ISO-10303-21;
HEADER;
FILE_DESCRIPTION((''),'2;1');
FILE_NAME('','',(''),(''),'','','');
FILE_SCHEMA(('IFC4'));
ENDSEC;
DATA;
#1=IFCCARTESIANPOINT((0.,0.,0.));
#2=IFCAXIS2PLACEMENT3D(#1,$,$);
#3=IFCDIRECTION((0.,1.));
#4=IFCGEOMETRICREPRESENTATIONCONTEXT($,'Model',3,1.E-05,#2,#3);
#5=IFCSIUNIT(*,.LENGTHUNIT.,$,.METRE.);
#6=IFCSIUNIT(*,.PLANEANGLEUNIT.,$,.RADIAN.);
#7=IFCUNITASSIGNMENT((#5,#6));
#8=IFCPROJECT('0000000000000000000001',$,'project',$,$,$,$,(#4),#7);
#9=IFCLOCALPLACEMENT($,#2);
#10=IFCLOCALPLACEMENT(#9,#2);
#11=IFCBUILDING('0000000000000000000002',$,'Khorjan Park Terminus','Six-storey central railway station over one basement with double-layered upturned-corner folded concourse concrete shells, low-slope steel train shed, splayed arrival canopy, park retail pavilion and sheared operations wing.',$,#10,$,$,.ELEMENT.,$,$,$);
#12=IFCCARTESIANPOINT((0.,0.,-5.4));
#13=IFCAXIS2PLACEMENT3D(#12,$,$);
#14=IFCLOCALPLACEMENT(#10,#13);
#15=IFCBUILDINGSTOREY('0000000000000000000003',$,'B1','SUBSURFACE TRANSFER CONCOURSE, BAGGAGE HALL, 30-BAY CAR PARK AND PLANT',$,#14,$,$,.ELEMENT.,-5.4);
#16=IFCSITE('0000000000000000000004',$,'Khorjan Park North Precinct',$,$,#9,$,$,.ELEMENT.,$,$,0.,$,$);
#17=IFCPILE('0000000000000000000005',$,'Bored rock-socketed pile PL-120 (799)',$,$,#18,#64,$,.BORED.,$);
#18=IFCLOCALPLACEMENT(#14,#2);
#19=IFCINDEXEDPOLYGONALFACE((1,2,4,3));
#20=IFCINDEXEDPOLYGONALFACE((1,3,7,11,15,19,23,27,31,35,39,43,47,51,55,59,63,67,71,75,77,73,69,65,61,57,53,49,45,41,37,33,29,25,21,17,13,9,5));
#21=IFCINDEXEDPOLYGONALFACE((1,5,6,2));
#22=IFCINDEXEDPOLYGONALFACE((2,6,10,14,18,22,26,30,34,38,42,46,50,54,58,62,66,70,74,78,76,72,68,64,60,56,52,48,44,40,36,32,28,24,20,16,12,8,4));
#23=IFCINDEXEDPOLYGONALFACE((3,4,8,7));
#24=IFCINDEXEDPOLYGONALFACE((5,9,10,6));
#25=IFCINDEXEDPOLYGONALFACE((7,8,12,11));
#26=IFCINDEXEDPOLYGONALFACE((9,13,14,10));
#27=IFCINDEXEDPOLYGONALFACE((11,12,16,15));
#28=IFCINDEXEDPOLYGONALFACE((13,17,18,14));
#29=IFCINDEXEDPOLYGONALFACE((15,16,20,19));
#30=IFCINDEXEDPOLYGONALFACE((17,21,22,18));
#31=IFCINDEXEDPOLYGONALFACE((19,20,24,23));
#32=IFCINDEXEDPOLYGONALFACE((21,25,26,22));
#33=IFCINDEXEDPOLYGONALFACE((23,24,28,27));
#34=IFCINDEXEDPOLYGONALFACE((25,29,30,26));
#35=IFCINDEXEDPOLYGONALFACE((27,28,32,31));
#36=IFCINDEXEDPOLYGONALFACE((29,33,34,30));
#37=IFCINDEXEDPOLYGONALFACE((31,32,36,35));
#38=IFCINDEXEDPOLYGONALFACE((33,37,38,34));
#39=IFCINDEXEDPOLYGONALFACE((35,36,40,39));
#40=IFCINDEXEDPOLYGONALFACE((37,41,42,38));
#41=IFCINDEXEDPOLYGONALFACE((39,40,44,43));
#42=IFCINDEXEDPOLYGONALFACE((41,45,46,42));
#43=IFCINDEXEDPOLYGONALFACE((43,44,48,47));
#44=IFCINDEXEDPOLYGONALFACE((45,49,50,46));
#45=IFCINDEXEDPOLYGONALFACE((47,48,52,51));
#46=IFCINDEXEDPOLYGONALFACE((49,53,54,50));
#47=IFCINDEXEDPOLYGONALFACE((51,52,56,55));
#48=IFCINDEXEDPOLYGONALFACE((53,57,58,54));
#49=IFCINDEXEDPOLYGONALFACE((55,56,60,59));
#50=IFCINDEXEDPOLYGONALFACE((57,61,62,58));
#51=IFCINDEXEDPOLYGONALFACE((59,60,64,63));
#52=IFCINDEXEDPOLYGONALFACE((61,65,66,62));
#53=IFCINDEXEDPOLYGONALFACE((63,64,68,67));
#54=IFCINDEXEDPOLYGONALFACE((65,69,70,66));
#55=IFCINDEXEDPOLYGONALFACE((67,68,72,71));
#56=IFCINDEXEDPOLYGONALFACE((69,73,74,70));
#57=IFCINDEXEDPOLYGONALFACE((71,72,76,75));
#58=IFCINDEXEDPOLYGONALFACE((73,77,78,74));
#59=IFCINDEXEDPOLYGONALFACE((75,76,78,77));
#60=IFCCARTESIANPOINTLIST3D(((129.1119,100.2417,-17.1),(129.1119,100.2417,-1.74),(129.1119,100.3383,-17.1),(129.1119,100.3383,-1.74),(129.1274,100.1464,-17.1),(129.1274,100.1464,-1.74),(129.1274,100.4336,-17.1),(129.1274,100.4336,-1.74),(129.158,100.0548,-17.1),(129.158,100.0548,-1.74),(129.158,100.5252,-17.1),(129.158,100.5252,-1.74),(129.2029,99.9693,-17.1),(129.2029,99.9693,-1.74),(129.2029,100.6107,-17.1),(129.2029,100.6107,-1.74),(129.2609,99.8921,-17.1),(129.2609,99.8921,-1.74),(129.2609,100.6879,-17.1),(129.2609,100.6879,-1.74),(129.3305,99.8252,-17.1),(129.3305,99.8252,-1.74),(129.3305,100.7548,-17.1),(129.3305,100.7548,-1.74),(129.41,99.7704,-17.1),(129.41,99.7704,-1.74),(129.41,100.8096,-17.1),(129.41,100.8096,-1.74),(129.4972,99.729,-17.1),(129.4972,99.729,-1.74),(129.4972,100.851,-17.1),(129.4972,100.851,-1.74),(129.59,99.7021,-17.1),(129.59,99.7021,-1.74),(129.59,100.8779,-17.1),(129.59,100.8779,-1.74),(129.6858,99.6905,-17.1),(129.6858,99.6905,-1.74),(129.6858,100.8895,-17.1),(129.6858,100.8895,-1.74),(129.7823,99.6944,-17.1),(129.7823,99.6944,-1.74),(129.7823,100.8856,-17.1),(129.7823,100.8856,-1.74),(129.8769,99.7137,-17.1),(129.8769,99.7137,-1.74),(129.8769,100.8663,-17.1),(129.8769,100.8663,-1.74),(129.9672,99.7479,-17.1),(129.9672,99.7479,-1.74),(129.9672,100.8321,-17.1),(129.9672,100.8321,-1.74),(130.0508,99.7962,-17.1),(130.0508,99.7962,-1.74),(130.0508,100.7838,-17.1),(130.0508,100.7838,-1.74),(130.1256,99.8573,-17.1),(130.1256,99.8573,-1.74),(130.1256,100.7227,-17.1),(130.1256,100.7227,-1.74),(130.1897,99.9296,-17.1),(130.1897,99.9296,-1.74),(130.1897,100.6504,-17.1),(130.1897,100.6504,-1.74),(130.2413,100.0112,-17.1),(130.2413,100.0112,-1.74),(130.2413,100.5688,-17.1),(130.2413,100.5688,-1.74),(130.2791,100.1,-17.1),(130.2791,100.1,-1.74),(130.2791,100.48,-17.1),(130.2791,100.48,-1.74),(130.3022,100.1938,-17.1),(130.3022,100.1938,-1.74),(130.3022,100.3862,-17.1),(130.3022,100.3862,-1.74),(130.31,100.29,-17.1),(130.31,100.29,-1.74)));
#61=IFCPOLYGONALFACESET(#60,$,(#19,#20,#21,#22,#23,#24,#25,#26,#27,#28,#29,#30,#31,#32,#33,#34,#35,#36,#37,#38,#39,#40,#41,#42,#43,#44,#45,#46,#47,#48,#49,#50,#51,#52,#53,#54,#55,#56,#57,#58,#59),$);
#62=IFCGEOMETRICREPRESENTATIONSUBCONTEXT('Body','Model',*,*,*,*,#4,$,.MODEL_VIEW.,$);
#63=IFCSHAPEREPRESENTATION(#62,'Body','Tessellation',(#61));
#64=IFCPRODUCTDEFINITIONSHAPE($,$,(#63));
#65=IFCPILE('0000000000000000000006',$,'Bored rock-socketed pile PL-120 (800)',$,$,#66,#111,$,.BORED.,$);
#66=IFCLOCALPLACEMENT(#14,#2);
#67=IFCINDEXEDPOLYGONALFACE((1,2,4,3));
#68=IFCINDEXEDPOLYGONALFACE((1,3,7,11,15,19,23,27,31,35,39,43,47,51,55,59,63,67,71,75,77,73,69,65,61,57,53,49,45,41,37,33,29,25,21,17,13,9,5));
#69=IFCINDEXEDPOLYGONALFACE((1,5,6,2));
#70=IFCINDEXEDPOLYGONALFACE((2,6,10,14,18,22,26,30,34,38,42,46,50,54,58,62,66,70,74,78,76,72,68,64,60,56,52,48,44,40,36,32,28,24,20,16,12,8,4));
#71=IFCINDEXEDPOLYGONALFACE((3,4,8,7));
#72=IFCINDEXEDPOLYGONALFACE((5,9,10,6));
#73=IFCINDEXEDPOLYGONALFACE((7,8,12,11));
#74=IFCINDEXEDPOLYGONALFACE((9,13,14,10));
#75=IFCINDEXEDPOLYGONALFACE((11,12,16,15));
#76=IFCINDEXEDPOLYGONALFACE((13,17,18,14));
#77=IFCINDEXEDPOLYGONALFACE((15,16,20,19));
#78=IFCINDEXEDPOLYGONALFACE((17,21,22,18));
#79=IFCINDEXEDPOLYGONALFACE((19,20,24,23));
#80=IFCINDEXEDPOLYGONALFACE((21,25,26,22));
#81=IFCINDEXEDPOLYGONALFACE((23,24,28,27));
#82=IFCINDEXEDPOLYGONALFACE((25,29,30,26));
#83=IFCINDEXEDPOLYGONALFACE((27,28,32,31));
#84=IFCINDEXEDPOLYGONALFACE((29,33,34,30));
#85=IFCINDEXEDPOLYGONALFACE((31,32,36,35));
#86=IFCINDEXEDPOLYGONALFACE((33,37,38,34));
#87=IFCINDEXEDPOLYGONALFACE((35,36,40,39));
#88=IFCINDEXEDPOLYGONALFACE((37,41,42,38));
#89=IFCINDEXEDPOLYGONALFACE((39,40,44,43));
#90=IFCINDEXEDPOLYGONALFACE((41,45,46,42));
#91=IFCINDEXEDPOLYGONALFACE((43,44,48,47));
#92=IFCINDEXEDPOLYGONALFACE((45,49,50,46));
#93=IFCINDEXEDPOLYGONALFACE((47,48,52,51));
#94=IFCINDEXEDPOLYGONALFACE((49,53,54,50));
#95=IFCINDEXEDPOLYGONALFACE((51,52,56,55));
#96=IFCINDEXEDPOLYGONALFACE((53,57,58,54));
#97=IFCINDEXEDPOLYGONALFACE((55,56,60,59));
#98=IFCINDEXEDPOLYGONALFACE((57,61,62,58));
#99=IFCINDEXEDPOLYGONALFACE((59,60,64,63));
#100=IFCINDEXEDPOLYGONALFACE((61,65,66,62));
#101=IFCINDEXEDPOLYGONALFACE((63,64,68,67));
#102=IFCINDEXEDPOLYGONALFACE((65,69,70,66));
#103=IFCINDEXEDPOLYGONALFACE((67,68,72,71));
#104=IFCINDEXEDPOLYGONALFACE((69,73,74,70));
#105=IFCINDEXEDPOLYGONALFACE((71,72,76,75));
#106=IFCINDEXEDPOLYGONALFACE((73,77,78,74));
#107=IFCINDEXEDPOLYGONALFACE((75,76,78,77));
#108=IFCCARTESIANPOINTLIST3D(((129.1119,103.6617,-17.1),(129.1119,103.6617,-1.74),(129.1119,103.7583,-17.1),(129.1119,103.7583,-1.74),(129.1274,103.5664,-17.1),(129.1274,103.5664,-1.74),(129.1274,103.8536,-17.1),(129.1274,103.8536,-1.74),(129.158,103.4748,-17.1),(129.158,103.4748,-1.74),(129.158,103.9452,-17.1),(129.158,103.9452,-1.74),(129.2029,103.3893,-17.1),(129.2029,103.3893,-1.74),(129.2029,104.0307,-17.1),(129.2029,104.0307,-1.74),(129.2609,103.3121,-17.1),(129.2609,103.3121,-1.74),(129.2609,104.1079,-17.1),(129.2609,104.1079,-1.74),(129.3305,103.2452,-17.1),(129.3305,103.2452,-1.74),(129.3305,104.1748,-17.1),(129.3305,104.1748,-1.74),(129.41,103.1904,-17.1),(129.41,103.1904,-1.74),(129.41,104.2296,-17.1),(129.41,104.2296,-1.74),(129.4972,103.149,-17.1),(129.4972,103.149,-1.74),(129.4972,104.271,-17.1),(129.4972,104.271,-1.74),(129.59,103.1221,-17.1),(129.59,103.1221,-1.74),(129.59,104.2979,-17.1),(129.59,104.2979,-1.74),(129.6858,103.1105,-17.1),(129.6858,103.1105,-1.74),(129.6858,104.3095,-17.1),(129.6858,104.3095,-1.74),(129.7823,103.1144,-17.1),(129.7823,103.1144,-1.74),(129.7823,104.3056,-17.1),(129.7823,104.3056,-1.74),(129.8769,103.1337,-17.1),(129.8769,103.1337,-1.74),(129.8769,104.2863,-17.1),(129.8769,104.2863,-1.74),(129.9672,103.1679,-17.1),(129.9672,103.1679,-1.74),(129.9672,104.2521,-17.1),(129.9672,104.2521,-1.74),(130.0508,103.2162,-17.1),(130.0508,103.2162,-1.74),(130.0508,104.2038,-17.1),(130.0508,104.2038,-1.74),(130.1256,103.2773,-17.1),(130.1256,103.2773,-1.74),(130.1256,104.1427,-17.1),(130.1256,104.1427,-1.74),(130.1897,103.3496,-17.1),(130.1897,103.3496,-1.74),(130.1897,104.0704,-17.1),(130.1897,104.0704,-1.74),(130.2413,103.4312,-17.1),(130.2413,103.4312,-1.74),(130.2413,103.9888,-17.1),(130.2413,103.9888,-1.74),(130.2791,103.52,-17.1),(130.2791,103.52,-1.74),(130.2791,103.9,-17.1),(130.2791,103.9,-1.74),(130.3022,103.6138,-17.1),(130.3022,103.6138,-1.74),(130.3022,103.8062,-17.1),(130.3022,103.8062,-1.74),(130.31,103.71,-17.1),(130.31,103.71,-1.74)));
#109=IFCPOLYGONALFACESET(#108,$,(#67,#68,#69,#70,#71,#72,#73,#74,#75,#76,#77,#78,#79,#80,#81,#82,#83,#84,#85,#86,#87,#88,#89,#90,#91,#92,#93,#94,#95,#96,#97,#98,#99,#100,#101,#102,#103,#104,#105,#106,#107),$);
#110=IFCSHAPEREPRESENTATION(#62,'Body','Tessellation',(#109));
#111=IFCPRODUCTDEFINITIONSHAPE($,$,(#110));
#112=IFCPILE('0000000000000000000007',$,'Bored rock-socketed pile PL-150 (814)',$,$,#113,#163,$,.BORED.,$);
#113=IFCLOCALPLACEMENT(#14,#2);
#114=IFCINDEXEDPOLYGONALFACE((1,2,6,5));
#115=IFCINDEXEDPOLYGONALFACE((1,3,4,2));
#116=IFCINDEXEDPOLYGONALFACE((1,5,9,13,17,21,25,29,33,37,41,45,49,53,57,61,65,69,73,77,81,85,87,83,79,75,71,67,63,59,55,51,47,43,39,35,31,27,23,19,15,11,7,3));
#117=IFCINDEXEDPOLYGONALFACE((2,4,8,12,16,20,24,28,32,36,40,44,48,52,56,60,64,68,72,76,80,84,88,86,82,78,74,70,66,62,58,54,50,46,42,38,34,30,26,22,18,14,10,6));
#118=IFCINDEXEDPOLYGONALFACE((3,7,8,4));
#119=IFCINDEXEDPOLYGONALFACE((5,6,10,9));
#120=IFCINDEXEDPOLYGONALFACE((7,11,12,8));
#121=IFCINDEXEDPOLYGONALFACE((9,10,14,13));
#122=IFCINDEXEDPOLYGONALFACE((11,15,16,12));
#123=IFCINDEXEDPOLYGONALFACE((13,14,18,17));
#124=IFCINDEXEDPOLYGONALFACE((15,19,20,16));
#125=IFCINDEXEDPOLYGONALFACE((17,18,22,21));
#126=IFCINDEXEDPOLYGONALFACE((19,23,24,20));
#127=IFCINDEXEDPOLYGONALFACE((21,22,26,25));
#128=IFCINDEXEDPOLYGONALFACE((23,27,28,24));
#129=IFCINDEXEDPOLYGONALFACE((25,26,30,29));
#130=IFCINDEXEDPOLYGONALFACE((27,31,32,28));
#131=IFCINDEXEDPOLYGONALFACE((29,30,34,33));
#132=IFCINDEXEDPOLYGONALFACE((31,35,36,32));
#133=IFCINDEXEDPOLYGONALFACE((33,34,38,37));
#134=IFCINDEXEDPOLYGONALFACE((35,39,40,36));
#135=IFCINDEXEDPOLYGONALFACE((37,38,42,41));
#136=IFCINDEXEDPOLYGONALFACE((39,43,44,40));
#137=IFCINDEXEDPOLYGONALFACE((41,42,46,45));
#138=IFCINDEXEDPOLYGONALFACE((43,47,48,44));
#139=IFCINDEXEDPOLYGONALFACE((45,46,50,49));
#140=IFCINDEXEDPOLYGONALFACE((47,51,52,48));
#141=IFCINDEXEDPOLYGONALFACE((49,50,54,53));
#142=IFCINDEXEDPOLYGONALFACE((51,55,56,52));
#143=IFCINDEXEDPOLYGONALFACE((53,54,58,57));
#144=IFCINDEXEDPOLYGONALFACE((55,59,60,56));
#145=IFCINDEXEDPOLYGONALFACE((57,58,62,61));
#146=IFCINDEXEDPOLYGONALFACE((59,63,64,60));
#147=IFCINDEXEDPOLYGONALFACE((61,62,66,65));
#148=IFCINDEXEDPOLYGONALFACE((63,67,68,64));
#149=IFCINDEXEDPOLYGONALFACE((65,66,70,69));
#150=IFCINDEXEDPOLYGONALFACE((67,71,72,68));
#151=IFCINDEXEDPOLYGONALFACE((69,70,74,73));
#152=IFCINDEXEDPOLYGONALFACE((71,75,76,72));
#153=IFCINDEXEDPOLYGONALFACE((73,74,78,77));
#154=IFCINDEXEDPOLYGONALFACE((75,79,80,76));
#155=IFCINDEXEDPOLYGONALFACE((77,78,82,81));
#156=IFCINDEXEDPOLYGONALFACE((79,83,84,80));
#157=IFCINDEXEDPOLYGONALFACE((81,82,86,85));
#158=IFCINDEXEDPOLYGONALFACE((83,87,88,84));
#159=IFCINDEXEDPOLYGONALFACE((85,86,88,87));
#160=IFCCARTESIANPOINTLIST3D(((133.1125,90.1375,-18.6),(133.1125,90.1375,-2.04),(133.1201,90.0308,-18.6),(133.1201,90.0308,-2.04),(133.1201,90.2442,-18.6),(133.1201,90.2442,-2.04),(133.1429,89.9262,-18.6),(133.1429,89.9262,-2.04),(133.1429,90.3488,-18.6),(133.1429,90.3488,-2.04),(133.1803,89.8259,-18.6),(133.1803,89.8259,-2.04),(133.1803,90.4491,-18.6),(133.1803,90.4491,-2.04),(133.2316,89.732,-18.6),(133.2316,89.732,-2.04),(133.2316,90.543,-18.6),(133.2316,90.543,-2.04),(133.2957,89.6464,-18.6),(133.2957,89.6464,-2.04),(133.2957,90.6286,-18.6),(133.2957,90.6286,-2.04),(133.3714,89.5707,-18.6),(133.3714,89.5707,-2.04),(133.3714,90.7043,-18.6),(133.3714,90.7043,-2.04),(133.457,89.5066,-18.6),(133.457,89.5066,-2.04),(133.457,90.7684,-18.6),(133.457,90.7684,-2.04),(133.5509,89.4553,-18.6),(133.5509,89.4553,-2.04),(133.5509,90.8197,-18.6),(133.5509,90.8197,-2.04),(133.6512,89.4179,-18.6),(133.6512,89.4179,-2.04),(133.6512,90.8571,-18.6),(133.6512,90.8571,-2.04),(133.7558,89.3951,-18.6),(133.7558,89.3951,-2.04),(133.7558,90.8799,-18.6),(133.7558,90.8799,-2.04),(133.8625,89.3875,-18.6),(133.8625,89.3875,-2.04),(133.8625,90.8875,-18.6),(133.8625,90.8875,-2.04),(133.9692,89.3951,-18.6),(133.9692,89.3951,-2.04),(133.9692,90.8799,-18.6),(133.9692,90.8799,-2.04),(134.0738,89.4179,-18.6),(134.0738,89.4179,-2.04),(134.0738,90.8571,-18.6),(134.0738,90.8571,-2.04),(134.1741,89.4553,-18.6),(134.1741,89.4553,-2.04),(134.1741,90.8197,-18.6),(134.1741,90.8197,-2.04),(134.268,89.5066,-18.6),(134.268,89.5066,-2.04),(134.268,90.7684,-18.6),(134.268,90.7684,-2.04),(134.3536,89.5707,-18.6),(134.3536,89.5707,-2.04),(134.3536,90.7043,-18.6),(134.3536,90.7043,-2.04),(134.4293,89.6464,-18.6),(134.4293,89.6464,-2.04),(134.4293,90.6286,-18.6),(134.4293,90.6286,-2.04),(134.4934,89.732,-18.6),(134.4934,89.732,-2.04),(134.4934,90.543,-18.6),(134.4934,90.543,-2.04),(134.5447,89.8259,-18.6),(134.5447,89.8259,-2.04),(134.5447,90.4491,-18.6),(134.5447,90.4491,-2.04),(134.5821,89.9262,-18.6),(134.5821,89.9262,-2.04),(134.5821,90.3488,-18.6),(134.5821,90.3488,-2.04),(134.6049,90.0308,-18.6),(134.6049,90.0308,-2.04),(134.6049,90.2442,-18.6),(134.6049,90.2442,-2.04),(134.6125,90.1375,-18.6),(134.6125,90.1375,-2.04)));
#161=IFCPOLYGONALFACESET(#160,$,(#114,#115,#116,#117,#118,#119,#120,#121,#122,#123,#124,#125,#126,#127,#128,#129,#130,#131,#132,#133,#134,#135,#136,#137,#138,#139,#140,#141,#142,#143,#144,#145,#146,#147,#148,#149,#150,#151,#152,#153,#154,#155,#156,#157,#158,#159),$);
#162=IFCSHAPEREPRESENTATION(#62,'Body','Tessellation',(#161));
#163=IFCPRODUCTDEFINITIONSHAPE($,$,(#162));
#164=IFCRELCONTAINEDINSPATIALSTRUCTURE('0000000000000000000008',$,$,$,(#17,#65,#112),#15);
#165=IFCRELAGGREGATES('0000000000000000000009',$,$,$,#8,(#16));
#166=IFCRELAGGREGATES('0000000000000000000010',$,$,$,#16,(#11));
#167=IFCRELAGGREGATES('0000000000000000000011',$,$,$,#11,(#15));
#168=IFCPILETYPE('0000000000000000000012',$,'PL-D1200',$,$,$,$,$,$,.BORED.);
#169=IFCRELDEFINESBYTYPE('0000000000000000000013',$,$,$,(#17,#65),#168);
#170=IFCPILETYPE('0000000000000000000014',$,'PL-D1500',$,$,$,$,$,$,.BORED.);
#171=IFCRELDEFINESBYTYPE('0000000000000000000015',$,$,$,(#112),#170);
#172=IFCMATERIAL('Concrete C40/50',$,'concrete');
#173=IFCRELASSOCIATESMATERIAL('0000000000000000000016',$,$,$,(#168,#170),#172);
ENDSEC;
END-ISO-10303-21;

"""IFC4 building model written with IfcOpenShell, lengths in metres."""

from ifc_helpers import new_model, si_unit, direction, frame, origin, origin_2d, place, context, subcontext, project, spatial, circle, extrude, material, material_profile, profile_set, type_object, element, save


model = new_model("IFC4")

# Units and contexts
model_context = context("Model", 3, precision=1e-05, world=origin(), true_north=direction((0.0, 1.0)))
body_context = subcontext(model_context, "Body", "Model", "MODEL_VIEW")
ifc_project = project(units=[si_unit("LENGTHUNIT", "METRE"), si_unit("PLANEANGLEUNIT", "RADIAN")], contexts=[model_context])

# Site, building, storey
site_placement = place(None, origin())
site = spatial("IfcSite", under=ifc_project, at=site_placement, Name="Khorjan Park North Precinct", CompositionType="ELEMENT", RefElevation=0.0)
building_placement = place(site_placement, origin())
building = spatial("IfcBuilding", under=site, at=building_placement, Name="Khorjan Park Terminus", Description="Six-storey central railway station over one basement with double-layered upturned-corner folded concourse concrete shells, low-slope steel train shed, splayed arrival canopy, park retail pavilion and sheared operations wing.", CompositionType="ELEMENT")
storey_placement = place(building_placement, frame((0.0, 0.0, -5.4)))
storey = spatial("IfcBuildingStorey", under=building, at=storey_placement, Name="B1", Description="SUBSURFACE TRANSFER CONCOURSE, BAGGAGE HALL, 30-BAY CAR PARK AND PLANT", CompositionType="ELEMENT", Elevation=-5.4)

# Shared definitions
ifc_material_1 = material(Name="Concrete C40/50", Category="concrete")

# Piles
ifc_material_profile_1 = material_profile(ifc_material_1, circle(Radius=0.6, at=origin_2d()), Name="BORED D1200")
ifc_profile_set_1 = profile_set([ifc_material_profile_1], Name="Concrete C40/50")
pile_type_1 = type_object("IfcPileType", Name="PL-D1200", PredefinedType="BORED", material=ifc_profile_set_1)
for number, where, z_axis, x_axis, name in (
    (1, (129.71, 100.29, -1.74), (0.0, 0.0, -1.0), (1.0, 0.0, 0.0), "Bored rock-socketed pile PL-120 (799)"),
    (2, (129.71, 103.71, -1.74), (0.0, 0.0, -1.0), (1.0, 0.0, 0.0), "Bored rock-socketed pile PL-120 (800)"),
):
    element("IfcPile", number, at=place(storey_placement, frame(where, z_axis=z_axis, x_axis=x_axis)), inside=storey, type_object=pile_type_1, Name=name, PredefinedType="BORED", context=body_context, shape_type="SweptSolid", body=[
        extrude(circle(Radius=0.6, at=origin_2d()), origin(), (0.0, 0.0, 1.0), 15.36),
    ])
ifc_material_profile_2 = material_profile(ifc_material_1, circle(Radius=0.75, at=origin_2d()), Name="BORED D1500")
ifc_profile_set_2 = profile_set([ifc_material_profile_2], Name="Concrete C40/50")
pile_type_2 = type_object("IfcPileType", Name="PL-D1500", PredefinedType="BORED", material=ifc_profile_set_2)
for number, where, z_axis, x_axis, name in (
    (3, (133.8625, 90.1375, -2.04), (0.0, 0.0, -1.0), (1.0, 0.0, 0.0), "Bored rock-socketed pile PL-150 (814)"),
):
    element("IfcPile", number, at=place(storey_placement, frame(where, z_axis=z_axis, x_axis=x_axis)), inside=storey, type_object=pile_type_2, Name=name, PredefinedType="BORED", context=body_context, shape_type="SweptSolid", body=[
        extrude(circle(Radius=0.75, at=origin_2d()), origin(), (0.0, 0.0, 1.0), 16.56),
    ])

save(model, "model.ifc")
